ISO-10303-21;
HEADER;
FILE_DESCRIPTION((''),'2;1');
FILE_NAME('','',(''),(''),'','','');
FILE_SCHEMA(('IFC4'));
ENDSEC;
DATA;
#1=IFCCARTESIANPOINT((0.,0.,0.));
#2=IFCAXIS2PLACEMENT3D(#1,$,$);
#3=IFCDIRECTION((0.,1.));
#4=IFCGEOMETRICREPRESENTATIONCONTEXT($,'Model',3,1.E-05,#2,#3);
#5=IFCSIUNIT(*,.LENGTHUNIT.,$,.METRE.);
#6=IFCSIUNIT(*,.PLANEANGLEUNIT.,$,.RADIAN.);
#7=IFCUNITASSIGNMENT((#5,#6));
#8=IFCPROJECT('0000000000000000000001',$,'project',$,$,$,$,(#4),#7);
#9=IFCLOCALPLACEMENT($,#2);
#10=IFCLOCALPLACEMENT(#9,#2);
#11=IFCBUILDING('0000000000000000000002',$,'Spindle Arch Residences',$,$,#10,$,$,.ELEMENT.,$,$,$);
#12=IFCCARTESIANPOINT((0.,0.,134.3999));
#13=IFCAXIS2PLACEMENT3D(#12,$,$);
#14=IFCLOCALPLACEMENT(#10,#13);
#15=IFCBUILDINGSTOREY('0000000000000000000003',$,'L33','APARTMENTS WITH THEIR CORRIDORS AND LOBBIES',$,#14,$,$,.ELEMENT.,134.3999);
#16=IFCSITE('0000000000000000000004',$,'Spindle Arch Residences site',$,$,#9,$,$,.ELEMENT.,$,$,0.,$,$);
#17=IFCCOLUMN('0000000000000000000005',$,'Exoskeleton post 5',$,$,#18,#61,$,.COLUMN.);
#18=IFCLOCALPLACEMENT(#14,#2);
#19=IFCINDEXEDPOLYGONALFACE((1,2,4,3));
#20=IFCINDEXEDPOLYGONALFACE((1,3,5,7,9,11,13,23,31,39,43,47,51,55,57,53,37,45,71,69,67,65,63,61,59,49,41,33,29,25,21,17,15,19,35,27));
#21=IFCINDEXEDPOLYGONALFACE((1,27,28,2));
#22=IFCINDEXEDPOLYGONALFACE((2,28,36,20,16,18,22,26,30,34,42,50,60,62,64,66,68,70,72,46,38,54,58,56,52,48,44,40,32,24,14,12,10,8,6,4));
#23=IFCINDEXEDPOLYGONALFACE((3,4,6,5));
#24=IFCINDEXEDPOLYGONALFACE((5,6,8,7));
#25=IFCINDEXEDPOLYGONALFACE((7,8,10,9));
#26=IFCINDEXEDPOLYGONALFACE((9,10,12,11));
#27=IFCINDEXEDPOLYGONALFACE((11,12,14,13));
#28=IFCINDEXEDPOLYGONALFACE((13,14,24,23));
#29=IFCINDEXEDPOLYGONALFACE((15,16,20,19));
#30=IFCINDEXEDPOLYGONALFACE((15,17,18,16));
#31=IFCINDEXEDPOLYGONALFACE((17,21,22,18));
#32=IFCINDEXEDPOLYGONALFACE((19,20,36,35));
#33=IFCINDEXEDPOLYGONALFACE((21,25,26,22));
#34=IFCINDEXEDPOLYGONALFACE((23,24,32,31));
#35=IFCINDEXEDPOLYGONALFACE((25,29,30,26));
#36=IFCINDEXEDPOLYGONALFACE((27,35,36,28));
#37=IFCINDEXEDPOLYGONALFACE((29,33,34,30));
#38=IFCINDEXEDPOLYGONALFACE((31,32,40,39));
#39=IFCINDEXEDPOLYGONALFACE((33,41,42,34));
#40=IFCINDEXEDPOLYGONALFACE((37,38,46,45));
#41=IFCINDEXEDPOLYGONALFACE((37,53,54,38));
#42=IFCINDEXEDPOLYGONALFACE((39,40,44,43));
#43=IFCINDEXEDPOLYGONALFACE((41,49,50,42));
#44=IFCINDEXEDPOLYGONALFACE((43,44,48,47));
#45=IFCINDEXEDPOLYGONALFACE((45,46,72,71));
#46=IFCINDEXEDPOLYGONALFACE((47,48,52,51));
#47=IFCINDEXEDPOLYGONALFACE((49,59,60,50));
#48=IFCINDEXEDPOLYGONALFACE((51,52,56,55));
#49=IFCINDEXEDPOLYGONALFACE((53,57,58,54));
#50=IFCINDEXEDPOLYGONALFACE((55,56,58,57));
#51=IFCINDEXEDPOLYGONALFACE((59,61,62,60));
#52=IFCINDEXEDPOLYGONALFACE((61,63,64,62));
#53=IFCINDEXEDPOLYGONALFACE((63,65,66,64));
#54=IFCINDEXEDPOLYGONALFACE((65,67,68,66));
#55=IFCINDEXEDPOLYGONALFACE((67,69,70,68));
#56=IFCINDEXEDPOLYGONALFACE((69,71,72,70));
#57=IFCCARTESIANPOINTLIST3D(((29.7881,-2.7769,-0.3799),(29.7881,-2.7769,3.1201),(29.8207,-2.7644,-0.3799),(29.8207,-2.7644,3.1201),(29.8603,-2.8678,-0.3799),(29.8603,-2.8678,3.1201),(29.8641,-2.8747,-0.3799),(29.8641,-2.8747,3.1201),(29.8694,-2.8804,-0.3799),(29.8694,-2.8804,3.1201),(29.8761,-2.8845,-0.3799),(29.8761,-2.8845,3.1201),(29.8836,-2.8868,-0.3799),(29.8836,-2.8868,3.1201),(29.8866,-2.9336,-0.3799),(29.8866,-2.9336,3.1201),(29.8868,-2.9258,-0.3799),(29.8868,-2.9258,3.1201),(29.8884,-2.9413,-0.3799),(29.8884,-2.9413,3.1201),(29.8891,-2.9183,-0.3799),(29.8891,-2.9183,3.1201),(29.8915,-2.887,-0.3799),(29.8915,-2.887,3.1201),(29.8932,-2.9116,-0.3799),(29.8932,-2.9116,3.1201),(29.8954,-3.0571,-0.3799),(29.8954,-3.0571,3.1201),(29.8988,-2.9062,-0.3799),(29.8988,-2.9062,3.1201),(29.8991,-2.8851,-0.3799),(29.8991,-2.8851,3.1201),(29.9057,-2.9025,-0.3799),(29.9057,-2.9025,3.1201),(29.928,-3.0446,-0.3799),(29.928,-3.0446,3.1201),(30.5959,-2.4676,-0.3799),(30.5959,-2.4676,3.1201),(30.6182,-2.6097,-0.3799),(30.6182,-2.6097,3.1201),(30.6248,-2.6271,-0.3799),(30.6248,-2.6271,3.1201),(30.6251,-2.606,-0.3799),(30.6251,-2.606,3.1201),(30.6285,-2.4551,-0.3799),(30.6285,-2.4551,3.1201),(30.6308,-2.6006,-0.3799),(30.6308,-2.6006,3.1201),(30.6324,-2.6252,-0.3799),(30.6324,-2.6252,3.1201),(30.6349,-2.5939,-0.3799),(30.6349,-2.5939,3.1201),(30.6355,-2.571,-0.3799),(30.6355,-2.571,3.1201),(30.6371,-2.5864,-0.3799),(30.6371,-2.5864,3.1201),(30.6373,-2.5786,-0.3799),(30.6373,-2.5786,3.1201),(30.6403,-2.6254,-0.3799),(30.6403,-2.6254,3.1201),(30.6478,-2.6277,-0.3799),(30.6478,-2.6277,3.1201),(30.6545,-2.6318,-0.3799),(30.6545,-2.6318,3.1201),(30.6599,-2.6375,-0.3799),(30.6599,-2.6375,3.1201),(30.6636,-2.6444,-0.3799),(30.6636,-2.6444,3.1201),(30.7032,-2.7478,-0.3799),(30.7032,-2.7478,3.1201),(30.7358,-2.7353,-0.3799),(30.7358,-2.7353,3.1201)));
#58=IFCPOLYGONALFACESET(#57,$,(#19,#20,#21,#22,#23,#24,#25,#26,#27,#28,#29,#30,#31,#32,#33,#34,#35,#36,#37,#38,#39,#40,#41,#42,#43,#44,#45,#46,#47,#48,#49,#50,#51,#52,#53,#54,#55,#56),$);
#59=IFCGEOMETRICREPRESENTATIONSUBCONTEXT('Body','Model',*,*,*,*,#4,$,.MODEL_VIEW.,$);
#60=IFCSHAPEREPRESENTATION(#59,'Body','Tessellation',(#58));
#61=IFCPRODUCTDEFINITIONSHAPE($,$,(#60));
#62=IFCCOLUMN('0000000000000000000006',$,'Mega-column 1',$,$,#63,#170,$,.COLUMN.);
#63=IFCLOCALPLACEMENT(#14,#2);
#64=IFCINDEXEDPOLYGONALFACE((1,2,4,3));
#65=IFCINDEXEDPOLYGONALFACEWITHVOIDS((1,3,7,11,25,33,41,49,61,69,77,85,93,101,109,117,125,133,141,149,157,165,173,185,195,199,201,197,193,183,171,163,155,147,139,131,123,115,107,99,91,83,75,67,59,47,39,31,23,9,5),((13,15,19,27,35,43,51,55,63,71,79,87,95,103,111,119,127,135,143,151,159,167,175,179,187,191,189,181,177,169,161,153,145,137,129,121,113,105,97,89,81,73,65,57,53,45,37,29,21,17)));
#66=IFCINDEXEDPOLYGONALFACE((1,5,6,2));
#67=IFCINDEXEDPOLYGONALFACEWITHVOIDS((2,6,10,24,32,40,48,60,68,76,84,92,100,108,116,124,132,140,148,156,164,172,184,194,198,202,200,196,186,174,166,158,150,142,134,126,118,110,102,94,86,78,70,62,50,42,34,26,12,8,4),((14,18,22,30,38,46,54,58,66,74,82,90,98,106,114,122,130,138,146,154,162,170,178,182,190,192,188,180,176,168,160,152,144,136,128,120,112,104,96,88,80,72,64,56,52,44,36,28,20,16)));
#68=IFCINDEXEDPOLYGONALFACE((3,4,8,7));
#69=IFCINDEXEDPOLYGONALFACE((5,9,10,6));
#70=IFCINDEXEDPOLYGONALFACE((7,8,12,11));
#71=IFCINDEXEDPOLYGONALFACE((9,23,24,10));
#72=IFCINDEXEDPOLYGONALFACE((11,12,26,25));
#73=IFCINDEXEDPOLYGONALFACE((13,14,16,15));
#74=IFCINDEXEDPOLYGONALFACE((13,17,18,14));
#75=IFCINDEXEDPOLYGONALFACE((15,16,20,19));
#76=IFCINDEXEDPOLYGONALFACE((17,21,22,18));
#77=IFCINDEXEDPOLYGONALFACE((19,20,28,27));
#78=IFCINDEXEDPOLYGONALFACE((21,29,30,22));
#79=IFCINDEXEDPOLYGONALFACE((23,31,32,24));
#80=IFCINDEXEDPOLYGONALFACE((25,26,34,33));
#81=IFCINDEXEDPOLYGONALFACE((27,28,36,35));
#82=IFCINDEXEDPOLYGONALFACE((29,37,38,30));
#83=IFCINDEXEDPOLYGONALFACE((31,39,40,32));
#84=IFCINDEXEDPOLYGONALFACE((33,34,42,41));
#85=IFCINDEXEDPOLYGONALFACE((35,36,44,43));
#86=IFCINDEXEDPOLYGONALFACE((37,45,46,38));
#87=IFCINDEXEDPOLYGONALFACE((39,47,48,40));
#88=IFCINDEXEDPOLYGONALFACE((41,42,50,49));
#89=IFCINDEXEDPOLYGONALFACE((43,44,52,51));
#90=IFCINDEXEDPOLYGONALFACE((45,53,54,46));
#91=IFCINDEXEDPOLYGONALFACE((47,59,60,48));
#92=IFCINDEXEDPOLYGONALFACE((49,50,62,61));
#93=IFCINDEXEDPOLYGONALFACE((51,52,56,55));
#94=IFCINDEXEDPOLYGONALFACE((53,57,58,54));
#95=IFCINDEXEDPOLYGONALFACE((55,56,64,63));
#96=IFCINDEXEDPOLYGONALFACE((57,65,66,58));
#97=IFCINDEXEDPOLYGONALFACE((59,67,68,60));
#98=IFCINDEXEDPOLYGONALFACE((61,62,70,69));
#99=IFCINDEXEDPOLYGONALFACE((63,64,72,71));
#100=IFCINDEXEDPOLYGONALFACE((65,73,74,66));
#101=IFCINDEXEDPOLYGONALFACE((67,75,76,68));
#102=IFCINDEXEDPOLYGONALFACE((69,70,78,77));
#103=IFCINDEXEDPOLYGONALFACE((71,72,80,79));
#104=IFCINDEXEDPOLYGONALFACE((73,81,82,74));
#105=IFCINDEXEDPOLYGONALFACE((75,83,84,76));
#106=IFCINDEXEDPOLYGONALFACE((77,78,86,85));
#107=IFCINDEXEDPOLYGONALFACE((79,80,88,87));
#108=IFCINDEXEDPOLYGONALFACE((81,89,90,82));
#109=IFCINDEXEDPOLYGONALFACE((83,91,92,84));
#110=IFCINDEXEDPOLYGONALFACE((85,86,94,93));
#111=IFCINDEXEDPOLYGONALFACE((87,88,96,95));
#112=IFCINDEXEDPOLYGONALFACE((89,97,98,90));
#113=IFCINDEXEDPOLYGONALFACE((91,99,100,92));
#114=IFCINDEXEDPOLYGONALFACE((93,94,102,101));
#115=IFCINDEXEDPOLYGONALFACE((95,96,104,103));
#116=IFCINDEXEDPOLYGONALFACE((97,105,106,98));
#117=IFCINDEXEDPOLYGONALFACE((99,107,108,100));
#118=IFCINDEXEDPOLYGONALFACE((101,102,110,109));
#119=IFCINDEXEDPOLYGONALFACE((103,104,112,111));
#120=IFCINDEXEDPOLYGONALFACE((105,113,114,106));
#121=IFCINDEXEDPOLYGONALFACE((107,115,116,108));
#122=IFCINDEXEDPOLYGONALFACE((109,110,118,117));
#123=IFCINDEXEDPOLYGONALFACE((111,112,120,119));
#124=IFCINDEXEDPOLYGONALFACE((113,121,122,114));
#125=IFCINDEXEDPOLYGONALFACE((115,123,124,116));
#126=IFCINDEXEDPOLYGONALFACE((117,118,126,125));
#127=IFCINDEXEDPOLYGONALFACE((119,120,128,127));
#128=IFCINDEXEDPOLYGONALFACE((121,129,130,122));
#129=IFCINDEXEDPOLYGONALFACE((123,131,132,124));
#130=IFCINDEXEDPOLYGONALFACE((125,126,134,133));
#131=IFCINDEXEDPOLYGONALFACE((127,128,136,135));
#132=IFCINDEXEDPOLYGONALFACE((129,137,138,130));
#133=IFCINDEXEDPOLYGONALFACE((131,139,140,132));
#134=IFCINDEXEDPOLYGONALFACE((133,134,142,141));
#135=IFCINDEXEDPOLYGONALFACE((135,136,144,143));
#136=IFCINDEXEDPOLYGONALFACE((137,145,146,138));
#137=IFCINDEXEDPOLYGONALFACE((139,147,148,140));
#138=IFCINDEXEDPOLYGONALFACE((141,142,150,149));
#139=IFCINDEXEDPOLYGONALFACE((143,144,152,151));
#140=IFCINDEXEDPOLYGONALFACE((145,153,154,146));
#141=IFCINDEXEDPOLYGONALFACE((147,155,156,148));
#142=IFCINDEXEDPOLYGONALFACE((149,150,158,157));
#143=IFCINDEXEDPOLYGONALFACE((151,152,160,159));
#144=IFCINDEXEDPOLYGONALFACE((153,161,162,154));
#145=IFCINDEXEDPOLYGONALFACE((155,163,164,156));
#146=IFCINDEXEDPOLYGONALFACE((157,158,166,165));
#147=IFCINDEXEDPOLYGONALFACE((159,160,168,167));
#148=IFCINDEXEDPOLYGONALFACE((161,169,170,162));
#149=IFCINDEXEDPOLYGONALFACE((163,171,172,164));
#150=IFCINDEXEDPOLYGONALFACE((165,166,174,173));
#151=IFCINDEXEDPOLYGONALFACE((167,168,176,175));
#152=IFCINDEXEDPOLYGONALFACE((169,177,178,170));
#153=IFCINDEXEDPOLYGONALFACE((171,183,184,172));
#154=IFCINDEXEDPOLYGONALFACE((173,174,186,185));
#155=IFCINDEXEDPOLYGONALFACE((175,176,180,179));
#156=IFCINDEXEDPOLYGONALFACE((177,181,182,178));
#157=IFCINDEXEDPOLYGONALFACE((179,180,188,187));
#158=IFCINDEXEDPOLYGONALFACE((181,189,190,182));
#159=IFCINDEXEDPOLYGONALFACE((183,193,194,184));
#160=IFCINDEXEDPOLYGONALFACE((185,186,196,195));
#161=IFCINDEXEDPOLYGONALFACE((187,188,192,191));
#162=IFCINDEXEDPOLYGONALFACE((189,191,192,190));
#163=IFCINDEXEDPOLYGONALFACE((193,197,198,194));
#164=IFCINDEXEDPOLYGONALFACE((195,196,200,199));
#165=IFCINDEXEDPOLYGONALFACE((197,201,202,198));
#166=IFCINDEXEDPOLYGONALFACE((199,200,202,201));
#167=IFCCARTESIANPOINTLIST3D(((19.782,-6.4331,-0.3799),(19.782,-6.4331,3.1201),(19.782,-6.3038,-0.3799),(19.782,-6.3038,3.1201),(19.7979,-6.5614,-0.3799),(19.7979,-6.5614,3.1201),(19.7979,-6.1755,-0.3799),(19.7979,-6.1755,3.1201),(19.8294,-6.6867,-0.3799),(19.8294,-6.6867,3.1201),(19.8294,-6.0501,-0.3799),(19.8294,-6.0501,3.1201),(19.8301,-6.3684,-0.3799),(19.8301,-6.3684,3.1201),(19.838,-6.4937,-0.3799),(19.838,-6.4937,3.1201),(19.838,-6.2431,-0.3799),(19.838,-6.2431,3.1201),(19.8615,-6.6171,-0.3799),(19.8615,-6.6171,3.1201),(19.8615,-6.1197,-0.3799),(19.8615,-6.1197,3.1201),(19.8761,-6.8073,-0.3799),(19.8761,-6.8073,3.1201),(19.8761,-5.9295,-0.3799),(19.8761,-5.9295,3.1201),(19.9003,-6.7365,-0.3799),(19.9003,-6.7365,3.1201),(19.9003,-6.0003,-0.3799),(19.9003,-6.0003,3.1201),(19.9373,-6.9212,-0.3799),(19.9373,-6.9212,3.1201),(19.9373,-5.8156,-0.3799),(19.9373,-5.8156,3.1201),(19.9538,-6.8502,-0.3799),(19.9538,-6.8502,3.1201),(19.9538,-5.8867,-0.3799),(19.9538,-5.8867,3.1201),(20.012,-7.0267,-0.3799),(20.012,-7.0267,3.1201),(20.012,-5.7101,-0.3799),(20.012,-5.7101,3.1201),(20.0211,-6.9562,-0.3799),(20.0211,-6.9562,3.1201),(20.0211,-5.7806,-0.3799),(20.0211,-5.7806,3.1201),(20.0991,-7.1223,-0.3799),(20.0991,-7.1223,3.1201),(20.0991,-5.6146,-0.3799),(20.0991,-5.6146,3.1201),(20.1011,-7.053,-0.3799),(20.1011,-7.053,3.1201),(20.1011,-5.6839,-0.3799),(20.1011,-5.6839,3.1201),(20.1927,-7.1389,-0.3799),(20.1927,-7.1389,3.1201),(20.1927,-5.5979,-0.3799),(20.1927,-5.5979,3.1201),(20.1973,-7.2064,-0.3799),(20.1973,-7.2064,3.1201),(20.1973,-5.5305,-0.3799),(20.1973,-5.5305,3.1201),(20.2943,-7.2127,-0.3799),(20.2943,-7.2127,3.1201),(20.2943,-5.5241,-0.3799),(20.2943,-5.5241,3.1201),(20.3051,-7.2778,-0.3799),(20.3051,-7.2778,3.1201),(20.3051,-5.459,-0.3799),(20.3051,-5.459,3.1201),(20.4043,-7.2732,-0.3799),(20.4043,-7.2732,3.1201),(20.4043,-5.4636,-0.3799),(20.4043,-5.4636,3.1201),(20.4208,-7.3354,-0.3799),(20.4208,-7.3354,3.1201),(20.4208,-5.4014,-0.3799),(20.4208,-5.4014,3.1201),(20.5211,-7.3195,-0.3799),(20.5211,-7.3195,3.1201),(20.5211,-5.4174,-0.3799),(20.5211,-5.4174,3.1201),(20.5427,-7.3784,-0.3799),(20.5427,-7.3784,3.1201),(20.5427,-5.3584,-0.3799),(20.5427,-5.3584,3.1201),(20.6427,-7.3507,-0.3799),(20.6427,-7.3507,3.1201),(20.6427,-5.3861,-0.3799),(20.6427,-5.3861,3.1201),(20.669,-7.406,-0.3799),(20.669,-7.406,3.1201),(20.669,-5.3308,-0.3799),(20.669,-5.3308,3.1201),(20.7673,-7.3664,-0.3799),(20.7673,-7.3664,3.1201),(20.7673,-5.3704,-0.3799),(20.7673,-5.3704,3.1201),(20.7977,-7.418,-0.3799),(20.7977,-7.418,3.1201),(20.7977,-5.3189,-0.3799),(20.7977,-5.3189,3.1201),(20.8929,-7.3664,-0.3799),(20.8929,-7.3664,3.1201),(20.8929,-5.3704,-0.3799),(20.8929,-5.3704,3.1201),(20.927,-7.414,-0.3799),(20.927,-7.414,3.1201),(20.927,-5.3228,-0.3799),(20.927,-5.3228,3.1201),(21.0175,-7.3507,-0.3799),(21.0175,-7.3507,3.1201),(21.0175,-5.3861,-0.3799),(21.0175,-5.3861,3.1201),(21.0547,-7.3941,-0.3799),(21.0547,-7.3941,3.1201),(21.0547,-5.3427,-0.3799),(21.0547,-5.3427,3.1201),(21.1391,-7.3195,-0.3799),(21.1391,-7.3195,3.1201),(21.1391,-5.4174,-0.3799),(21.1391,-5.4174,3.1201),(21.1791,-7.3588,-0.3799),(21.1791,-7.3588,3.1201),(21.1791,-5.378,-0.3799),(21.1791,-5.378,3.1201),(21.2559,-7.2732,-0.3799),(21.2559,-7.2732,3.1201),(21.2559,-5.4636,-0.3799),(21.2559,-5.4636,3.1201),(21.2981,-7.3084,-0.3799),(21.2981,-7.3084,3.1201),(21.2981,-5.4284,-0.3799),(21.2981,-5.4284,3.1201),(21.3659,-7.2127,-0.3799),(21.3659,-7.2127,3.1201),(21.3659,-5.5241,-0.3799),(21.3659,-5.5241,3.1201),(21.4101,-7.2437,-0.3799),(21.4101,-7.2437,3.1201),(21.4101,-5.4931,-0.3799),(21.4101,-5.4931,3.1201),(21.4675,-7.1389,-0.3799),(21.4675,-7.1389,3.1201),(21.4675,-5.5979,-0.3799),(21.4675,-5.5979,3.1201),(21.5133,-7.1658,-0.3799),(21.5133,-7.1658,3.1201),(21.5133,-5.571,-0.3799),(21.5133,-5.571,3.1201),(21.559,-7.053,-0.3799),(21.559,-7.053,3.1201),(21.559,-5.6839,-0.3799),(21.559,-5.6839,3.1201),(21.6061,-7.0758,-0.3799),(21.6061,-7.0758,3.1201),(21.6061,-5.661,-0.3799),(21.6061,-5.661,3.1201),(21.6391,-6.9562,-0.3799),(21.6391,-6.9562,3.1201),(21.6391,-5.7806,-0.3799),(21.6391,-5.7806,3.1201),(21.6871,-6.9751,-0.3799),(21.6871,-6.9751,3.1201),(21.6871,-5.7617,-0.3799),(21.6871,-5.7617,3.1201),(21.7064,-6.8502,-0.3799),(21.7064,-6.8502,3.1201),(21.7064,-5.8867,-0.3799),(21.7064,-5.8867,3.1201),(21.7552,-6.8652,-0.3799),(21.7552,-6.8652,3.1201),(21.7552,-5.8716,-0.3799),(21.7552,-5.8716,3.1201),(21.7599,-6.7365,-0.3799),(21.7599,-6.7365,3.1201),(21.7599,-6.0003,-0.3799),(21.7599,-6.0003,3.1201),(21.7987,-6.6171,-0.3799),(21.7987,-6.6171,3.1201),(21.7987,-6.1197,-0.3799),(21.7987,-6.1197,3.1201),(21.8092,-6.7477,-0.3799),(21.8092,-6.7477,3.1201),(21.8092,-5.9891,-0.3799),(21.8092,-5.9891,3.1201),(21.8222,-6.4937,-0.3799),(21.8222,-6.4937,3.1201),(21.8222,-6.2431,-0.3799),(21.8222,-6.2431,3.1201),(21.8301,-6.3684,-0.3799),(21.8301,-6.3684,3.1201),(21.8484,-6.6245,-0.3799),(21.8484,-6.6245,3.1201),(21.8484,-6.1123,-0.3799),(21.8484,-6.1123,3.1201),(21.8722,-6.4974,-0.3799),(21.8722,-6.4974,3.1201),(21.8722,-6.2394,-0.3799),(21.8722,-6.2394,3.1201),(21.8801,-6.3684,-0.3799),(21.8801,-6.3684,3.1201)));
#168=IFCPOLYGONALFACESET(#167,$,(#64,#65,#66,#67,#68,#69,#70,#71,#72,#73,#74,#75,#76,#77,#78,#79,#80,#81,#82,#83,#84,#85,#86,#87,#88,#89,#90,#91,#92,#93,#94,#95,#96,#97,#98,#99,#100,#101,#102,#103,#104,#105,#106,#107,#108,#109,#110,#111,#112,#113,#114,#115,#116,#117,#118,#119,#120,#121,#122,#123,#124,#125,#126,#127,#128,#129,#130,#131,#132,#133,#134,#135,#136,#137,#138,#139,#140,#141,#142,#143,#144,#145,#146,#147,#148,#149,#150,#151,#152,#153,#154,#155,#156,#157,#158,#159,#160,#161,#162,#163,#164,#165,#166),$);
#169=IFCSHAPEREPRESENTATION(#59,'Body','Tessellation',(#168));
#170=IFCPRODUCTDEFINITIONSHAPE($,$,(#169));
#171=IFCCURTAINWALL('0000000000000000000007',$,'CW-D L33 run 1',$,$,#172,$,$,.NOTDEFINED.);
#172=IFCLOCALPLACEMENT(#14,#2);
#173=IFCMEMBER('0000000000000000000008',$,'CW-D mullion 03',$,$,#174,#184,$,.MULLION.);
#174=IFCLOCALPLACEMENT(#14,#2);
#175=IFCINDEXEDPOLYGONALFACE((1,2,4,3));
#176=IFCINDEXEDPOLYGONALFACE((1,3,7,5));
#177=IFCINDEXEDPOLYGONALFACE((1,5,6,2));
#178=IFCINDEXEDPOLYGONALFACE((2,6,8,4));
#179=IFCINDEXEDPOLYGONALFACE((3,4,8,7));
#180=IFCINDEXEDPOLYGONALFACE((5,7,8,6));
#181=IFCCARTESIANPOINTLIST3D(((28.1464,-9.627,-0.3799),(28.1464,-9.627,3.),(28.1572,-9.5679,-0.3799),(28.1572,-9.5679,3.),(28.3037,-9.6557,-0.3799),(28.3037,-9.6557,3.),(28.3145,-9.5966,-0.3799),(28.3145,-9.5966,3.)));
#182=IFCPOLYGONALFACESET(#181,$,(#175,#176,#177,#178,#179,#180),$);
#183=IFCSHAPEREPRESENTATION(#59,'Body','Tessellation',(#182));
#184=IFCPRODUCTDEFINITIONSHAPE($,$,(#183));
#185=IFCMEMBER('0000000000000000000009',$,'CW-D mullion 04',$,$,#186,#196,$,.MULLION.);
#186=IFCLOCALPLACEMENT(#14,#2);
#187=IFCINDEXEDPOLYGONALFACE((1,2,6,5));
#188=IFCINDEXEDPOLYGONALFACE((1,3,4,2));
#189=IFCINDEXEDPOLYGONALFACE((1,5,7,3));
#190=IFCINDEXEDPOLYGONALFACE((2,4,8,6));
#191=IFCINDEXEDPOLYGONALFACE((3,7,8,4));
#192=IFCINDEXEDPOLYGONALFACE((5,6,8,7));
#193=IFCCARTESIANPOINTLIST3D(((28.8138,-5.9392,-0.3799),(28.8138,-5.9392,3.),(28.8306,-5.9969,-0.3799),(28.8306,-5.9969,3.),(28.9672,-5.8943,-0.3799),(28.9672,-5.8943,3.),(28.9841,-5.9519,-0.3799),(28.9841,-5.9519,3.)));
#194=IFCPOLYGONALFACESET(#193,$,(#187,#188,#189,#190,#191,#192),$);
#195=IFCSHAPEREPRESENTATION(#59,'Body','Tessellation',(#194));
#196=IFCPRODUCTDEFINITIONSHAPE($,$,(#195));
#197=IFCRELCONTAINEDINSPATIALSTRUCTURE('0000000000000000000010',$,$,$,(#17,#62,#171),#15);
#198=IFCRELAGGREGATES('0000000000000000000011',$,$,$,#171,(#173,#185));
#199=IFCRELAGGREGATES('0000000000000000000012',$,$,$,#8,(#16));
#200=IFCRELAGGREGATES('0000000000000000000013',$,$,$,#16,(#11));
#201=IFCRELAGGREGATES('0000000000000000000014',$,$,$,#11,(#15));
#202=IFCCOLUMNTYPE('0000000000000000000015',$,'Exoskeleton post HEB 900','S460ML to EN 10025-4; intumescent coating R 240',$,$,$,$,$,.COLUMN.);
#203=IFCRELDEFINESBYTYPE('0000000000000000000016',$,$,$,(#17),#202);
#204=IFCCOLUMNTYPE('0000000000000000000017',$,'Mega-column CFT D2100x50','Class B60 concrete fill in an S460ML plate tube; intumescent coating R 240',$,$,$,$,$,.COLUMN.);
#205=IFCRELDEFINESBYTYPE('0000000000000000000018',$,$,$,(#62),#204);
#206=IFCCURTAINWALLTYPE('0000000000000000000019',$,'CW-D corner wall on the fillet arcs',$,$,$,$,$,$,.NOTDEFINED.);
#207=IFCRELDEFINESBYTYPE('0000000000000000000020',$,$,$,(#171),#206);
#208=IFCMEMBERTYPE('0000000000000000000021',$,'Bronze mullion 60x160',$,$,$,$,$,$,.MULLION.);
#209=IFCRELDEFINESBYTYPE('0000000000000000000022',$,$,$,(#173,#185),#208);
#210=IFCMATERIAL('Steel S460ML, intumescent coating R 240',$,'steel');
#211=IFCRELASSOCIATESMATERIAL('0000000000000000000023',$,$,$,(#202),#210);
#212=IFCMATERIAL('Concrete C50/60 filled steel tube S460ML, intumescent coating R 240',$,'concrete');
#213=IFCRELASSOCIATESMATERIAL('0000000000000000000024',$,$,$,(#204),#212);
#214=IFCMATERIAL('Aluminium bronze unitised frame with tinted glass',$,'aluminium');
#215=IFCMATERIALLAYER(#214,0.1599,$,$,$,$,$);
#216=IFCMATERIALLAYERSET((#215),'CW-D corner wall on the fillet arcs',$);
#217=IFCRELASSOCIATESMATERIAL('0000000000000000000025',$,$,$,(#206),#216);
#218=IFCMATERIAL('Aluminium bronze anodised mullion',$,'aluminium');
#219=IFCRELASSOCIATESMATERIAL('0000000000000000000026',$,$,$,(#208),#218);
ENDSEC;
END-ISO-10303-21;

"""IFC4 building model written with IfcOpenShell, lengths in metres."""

from ifc_helpers import new_model, si_unit, direction, frame, origin, origin_2d, place, context, subcontext, project, spatial, rectangle, hollow_circle, i_section, extrude, material, layer, layer_set, material_profile, profile_set, type_object, element, aggregate, save


model = new_model("IFC4")

# Units and contexts
model_context = context("Model", 3, precision=1e-05, world=origin(), true_north=direction((0.0, 1.0)))
body_context = subcontext(model_context, "Body", "Model", "MODEL_VIEW")
ifc_project = project(units=[si_unit("LENGTHUNIT", "METRE"), si_unit("PLANEANGLEUNIT", "RADIAN")], contexts=[model_context])

# Site, building, storey
site_placement = place(None, origin())
site = spatial("IfcSite", under=ifc_project, at=site_placement, Name="Spindle Arch Residences site", CompositionType="ELEMENT", RefElevation=0.0)
building_placement = place(site_placement, origin())
building = spatial("IfcBuilding", under=site, at=building_placement, Name="Spindle Arch Residences", CompositionType="ELEMENT")
storey_placement = place(building_placement, frame((0.0, 0.0, 134.3999)))
storey = spatial("IfcBuildingStorey", under=building, at=storey_placement, Name="L33", Description="APARTMENTS WITH THEIR CORRIDORS AND LOBBIES", CompositionType="ELEMENT", Elevation=134.3999)

# Columns
ifc_material_1 = material(Name="Steel S460ML, intumescent coating R 240", Category="steel")
ifc_material_profile_1 = material_profile(ifc_material_1, i_section(OverallWidth=0.3, OverallDepth=0.8999, WebThickness=0.0186, FlangeThickness=0.0349, FilletRadius=0.03, at=origin_2d()), Name="HEB 900")
ifc_profile_set_1 = profile_set([ifc_material_profile_1], Name="Steel S460ML, intumescent coating R 240")
column_type_1 = type_object("IfcColumnType", Name="Exoskeleton post HEB 900", Description="S460ML to EN 10025-4; intumescent coating R 240", PredefinedType="COLUMN", material=ifc_profile_set_1)
column_1_placement = place(storey_placement, frame((30.262, -2.7561, -0.3799), z_axis=(0.0, 0.0, 1.0), x_axis=(0.357665, -0.93385, 0.0)))
element("IfcColumn", 1, at=column_1_placement, inside=storey, type_object=column_type_1, Name="Exoskeleton post 5", PredefinedType="COLUMN", context=body_context, shape_type="SweptSolid", body=[
    extrude(i_section(OverallWidth=0.3, OverallDepth=0.8999, WebThickness=0.0186, FlangeThickness=0.0349, FilletRadius=0.03, at=origin_2d()), origin(), (0.0, 0.0, 1.0), 3.5),
])
ifc_material_2 = material(Name="Concrete C50/60 filled steel tube S460ML, intumescent coating R 240", Category="concrete")
ifc_material_profile_2 = material_profile(ifc_material_2, hollow_circle(Radius=1.05, WallThickness=0.05, at=origin_2d()), Name="CFT D2100x50")
ifc_profile_set_2 = profile_set([ifc_material_profile_2], Name="Concrete C50/60 filled steel tube S460ML, intumescent coating R 240")
column_type_2 = type_object("IfcColumnType", Name="Mega-column CFT D2100x50", Description="Class B60 concrete fill in an S460ML plate tube; intumescent coating R 240", PredefinedType="COLUMN", material=ifc_profile_set_2)
column_2_placement = place(storey_placement, frame((20.8301, -6.3684, -0.3799), z_axis=(0.0, 0.0, 1.0), x_axis=(1.0, 0.0, 0.0)))
element("IfcColumn", 2, at=column_2_placement, inside=storey, type_object=column_type_2, Name="Mega-column 1", PredefinedType="COLUMN", context=body_context, shape_type="SweptSolid", body=[
    extrude(hollow_circle(Radius=1.05, WallThickness=0.05, at=origin_2d()), origin(), (0.0, 0.0, 1.0), 3.5),
])

# Curtain wall, members
ifc_material_3 = material(Name="Aluminium bronze unitised frame with tinted glass", Category="aluminium")
ifc_layer_1 = layer(ifc_material_3, 0.1599)
ifc_layer_set_1 = layer_set([ifc_layer_1], Name="CW-D corner wall on the fillet arcs")
curtain_wall_type = type_object("IfcCurtainWallType", Name="CW-D corner wall on the fillet arcs", PredefinedType="NOTDEFINED", material=ifc_layer_set_1)
curtain_wall_placement = place(storey_placement, origin())
curtain_wall = element("IfcCurtainWall", 3, at=curtain_wall_placement, inside=storey, type_object=curtain_wall_type, Name="CW-D L33 run 1", PredefinedType="NOTDEFINED")
ifc_material_4 = material(Name="Aluminium bronze anodised mullion", Category="aluminium")
ifc_material_profile_3 = material_profile(ifc_material_4, rectangle(XDim=0.1599, YDim=0.0601, at=origin_2d()), Name="MU 60x160")
ifc_profile_set_3 = profile_set([ifc_material_profile_3], Name="Aluminium bronze anodised mullion")
member_type_1 = type_object("IfcMemberType", Name="Bronze mullion 60x160", PredefinedType="MULLION", material=ifc_profile_set_3)
member_1_placement = place(storey_placement, frame((28.2305, -9.6118, -0.3799), z_axis=(0.0, 0.0, 1.0), x_axis=(-0.983781, 0.179375, 0.0)))
member_1 = element("IfcMember", 4, at=member_1_placement, type_object=member_type_1, Name="CW-D mullion 03", PredefinedType="MULLION", context=body_context, shape_type="SweptSolid", body=[
    extrude(rectangle(XDim=0.1599, YDim=0.0601, at=origin_2d()), origin(), (0.0, 0.0, 1.0), 3.3799),
])
member_2_placement = place(storey_placement, frame((28.8989, -5.9456, -0.3799), z_axis=(0.0, 0.0, 1.0), x_axis=(-0.959642, -0.281225, 0.0)))
member_2 = element("IfcMember", 5, at=member_2_placement, type_object=member_type_1, Name="CW-D mullion 04", PredefinedType="MULLION", context=body_context, shape_type="SweptSolid", body=[
    extrude(rectangle(XDim=0.1599, YDim=0.0601, at=origin_2d()), origin(), (0.0, 0.0, 1.0), 3.3799),
])

aggregate(curtain_wall, [member_1, member_2])

save(model, "model.ifc")
